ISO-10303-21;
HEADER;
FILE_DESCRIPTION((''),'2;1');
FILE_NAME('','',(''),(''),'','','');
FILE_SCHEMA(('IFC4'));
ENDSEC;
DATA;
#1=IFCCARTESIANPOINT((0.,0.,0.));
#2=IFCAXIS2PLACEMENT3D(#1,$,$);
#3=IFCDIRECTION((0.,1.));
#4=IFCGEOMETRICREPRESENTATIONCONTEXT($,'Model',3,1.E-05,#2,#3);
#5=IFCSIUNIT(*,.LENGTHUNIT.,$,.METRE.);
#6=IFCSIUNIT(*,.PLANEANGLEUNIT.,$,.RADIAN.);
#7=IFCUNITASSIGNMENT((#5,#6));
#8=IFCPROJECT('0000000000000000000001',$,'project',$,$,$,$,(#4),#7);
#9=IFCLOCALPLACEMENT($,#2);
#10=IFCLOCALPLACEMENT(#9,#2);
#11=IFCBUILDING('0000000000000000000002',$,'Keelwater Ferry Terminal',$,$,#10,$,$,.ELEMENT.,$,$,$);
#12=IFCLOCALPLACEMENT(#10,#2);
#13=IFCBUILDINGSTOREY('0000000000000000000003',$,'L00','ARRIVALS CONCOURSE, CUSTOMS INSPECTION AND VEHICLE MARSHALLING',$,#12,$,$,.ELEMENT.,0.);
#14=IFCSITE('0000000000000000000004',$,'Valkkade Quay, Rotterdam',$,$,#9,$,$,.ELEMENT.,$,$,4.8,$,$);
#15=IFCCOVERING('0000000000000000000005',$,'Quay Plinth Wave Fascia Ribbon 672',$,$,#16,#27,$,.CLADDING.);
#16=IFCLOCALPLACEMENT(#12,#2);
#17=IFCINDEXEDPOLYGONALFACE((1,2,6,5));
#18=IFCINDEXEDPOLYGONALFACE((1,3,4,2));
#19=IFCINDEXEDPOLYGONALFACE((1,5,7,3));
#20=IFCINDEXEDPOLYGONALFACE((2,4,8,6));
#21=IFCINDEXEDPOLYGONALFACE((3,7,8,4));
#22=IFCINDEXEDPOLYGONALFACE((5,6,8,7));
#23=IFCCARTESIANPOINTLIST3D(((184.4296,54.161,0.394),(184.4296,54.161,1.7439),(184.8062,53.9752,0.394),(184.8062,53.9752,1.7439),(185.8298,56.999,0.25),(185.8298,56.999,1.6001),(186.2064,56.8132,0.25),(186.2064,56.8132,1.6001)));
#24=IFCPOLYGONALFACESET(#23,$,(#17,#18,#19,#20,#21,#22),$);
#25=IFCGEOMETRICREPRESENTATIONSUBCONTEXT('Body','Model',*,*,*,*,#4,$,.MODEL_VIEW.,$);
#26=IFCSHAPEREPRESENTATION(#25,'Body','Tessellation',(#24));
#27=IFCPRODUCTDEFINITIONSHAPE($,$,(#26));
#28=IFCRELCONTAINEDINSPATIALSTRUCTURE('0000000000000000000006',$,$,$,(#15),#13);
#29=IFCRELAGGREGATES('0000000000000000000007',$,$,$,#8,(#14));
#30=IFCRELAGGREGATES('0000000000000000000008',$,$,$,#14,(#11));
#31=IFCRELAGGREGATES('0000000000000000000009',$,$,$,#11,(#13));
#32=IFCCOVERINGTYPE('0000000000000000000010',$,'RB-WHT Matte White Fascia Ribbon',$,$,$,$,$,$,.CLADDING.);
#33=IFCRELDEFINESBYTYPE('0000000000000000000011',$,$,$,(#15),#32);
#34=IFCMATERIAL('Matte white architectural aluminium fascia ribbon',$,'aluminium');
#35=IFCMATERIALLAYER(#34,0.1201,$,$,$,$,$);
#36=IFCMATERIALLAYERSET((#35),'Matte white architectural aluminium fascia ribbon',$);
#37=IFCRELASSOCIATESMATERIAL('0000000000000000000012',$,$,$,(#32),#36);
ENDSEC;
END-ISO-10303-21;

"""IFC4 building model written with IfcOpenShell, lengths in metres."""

from ifc_helpers import new_model, si_unit, direction, frame, origin, place, context, subcontext, project, spatial, polyline, outline, extrude, material, layer, layer_set, type_object, element, save


model = new_model("IFC4")

# Units and contexts
model_context = context("Model", 3, precision=1e-05, world=origin(), true_north=direction((0.0, 1.0)))
body_context = subcontext(model_context, "Body", "Model", "MODEL_VIEW")
ifc_project = project(units=[si_unit("LENGTHUNIT", "METRE"), si_unit("PLANEANGLEUNIT", "RADIAN")], contexts=[model_context])

# Site, building, storey
site_placement = place(None, origin())
site = spatial("IfcSite", under=ifc_project, at=site_placement, Name="Valkkade Quay, Rotterdam", CompositionType="ELEMENT", RefElevation=4.8)
building_placement = place(site_placement, origin())
building = spatial("IfcBuilding", under=site, at=building_placement, Name="Keelwater Ferry Terminal", CompositionType="ELEMENT")
storey_placement = place(building_placement, origin())
storey = spatial("IfcBuildingStorey", under=building, at=storey_placement, Name="L00", Description="ARRIVALS CONCOURSE, CUSTOMS INSPECTION AND VEHICLE MARSHALLING", CompositionType="ELEMENT", Elevation=0.0)

# Covering
ifc_material_1 = material(Name="Matte white architectural aluminium fascia ribbon", Category="aluminium")
ifc_layer_1 = layer(ifc_material_1, 0.1201)
ifc_layer_set_1 = layer_set([ifc_layer_1], Name="Matte white architectural aluminium fascia ribbon")
covering_type = type_object("IfcCoveringType", Name="RB-WHT Matte White Fascia Ribbon", PredefinedType="CLADDING", material=ifc_layer_set_1)
covering_1_placement = place(storey_placement, frame((184.6179, 54.0681, 0.25), z_axis=(0.0, 0.0, 1.0), x_axis=(0.442455, 0.896791, 0.0)))
element("IfcCovering", 1, at=covering_1_placement, inside=storey, type_object=covering_type, Name="Quay Plinth Wave Fascia Ribbon 672", PredefinedType="CLADDING", context=body_context, shape_type="SweptSolid", body=[
    extrude(outline(polyline([(0.0, 0.144), (3.1646, 0.0), (3.1646, 1.3501), (0.0, 1.4939), (0.0, 0.144)])), frame((0.0, 0.21, 0.0), z_axis=(0.0, -1.0, 0.0), x_axis=(1.0, 0.0, 0.0)), (0.0, 0.0, 1.0), 0.4199),
])

save(model, "model.ifc")
